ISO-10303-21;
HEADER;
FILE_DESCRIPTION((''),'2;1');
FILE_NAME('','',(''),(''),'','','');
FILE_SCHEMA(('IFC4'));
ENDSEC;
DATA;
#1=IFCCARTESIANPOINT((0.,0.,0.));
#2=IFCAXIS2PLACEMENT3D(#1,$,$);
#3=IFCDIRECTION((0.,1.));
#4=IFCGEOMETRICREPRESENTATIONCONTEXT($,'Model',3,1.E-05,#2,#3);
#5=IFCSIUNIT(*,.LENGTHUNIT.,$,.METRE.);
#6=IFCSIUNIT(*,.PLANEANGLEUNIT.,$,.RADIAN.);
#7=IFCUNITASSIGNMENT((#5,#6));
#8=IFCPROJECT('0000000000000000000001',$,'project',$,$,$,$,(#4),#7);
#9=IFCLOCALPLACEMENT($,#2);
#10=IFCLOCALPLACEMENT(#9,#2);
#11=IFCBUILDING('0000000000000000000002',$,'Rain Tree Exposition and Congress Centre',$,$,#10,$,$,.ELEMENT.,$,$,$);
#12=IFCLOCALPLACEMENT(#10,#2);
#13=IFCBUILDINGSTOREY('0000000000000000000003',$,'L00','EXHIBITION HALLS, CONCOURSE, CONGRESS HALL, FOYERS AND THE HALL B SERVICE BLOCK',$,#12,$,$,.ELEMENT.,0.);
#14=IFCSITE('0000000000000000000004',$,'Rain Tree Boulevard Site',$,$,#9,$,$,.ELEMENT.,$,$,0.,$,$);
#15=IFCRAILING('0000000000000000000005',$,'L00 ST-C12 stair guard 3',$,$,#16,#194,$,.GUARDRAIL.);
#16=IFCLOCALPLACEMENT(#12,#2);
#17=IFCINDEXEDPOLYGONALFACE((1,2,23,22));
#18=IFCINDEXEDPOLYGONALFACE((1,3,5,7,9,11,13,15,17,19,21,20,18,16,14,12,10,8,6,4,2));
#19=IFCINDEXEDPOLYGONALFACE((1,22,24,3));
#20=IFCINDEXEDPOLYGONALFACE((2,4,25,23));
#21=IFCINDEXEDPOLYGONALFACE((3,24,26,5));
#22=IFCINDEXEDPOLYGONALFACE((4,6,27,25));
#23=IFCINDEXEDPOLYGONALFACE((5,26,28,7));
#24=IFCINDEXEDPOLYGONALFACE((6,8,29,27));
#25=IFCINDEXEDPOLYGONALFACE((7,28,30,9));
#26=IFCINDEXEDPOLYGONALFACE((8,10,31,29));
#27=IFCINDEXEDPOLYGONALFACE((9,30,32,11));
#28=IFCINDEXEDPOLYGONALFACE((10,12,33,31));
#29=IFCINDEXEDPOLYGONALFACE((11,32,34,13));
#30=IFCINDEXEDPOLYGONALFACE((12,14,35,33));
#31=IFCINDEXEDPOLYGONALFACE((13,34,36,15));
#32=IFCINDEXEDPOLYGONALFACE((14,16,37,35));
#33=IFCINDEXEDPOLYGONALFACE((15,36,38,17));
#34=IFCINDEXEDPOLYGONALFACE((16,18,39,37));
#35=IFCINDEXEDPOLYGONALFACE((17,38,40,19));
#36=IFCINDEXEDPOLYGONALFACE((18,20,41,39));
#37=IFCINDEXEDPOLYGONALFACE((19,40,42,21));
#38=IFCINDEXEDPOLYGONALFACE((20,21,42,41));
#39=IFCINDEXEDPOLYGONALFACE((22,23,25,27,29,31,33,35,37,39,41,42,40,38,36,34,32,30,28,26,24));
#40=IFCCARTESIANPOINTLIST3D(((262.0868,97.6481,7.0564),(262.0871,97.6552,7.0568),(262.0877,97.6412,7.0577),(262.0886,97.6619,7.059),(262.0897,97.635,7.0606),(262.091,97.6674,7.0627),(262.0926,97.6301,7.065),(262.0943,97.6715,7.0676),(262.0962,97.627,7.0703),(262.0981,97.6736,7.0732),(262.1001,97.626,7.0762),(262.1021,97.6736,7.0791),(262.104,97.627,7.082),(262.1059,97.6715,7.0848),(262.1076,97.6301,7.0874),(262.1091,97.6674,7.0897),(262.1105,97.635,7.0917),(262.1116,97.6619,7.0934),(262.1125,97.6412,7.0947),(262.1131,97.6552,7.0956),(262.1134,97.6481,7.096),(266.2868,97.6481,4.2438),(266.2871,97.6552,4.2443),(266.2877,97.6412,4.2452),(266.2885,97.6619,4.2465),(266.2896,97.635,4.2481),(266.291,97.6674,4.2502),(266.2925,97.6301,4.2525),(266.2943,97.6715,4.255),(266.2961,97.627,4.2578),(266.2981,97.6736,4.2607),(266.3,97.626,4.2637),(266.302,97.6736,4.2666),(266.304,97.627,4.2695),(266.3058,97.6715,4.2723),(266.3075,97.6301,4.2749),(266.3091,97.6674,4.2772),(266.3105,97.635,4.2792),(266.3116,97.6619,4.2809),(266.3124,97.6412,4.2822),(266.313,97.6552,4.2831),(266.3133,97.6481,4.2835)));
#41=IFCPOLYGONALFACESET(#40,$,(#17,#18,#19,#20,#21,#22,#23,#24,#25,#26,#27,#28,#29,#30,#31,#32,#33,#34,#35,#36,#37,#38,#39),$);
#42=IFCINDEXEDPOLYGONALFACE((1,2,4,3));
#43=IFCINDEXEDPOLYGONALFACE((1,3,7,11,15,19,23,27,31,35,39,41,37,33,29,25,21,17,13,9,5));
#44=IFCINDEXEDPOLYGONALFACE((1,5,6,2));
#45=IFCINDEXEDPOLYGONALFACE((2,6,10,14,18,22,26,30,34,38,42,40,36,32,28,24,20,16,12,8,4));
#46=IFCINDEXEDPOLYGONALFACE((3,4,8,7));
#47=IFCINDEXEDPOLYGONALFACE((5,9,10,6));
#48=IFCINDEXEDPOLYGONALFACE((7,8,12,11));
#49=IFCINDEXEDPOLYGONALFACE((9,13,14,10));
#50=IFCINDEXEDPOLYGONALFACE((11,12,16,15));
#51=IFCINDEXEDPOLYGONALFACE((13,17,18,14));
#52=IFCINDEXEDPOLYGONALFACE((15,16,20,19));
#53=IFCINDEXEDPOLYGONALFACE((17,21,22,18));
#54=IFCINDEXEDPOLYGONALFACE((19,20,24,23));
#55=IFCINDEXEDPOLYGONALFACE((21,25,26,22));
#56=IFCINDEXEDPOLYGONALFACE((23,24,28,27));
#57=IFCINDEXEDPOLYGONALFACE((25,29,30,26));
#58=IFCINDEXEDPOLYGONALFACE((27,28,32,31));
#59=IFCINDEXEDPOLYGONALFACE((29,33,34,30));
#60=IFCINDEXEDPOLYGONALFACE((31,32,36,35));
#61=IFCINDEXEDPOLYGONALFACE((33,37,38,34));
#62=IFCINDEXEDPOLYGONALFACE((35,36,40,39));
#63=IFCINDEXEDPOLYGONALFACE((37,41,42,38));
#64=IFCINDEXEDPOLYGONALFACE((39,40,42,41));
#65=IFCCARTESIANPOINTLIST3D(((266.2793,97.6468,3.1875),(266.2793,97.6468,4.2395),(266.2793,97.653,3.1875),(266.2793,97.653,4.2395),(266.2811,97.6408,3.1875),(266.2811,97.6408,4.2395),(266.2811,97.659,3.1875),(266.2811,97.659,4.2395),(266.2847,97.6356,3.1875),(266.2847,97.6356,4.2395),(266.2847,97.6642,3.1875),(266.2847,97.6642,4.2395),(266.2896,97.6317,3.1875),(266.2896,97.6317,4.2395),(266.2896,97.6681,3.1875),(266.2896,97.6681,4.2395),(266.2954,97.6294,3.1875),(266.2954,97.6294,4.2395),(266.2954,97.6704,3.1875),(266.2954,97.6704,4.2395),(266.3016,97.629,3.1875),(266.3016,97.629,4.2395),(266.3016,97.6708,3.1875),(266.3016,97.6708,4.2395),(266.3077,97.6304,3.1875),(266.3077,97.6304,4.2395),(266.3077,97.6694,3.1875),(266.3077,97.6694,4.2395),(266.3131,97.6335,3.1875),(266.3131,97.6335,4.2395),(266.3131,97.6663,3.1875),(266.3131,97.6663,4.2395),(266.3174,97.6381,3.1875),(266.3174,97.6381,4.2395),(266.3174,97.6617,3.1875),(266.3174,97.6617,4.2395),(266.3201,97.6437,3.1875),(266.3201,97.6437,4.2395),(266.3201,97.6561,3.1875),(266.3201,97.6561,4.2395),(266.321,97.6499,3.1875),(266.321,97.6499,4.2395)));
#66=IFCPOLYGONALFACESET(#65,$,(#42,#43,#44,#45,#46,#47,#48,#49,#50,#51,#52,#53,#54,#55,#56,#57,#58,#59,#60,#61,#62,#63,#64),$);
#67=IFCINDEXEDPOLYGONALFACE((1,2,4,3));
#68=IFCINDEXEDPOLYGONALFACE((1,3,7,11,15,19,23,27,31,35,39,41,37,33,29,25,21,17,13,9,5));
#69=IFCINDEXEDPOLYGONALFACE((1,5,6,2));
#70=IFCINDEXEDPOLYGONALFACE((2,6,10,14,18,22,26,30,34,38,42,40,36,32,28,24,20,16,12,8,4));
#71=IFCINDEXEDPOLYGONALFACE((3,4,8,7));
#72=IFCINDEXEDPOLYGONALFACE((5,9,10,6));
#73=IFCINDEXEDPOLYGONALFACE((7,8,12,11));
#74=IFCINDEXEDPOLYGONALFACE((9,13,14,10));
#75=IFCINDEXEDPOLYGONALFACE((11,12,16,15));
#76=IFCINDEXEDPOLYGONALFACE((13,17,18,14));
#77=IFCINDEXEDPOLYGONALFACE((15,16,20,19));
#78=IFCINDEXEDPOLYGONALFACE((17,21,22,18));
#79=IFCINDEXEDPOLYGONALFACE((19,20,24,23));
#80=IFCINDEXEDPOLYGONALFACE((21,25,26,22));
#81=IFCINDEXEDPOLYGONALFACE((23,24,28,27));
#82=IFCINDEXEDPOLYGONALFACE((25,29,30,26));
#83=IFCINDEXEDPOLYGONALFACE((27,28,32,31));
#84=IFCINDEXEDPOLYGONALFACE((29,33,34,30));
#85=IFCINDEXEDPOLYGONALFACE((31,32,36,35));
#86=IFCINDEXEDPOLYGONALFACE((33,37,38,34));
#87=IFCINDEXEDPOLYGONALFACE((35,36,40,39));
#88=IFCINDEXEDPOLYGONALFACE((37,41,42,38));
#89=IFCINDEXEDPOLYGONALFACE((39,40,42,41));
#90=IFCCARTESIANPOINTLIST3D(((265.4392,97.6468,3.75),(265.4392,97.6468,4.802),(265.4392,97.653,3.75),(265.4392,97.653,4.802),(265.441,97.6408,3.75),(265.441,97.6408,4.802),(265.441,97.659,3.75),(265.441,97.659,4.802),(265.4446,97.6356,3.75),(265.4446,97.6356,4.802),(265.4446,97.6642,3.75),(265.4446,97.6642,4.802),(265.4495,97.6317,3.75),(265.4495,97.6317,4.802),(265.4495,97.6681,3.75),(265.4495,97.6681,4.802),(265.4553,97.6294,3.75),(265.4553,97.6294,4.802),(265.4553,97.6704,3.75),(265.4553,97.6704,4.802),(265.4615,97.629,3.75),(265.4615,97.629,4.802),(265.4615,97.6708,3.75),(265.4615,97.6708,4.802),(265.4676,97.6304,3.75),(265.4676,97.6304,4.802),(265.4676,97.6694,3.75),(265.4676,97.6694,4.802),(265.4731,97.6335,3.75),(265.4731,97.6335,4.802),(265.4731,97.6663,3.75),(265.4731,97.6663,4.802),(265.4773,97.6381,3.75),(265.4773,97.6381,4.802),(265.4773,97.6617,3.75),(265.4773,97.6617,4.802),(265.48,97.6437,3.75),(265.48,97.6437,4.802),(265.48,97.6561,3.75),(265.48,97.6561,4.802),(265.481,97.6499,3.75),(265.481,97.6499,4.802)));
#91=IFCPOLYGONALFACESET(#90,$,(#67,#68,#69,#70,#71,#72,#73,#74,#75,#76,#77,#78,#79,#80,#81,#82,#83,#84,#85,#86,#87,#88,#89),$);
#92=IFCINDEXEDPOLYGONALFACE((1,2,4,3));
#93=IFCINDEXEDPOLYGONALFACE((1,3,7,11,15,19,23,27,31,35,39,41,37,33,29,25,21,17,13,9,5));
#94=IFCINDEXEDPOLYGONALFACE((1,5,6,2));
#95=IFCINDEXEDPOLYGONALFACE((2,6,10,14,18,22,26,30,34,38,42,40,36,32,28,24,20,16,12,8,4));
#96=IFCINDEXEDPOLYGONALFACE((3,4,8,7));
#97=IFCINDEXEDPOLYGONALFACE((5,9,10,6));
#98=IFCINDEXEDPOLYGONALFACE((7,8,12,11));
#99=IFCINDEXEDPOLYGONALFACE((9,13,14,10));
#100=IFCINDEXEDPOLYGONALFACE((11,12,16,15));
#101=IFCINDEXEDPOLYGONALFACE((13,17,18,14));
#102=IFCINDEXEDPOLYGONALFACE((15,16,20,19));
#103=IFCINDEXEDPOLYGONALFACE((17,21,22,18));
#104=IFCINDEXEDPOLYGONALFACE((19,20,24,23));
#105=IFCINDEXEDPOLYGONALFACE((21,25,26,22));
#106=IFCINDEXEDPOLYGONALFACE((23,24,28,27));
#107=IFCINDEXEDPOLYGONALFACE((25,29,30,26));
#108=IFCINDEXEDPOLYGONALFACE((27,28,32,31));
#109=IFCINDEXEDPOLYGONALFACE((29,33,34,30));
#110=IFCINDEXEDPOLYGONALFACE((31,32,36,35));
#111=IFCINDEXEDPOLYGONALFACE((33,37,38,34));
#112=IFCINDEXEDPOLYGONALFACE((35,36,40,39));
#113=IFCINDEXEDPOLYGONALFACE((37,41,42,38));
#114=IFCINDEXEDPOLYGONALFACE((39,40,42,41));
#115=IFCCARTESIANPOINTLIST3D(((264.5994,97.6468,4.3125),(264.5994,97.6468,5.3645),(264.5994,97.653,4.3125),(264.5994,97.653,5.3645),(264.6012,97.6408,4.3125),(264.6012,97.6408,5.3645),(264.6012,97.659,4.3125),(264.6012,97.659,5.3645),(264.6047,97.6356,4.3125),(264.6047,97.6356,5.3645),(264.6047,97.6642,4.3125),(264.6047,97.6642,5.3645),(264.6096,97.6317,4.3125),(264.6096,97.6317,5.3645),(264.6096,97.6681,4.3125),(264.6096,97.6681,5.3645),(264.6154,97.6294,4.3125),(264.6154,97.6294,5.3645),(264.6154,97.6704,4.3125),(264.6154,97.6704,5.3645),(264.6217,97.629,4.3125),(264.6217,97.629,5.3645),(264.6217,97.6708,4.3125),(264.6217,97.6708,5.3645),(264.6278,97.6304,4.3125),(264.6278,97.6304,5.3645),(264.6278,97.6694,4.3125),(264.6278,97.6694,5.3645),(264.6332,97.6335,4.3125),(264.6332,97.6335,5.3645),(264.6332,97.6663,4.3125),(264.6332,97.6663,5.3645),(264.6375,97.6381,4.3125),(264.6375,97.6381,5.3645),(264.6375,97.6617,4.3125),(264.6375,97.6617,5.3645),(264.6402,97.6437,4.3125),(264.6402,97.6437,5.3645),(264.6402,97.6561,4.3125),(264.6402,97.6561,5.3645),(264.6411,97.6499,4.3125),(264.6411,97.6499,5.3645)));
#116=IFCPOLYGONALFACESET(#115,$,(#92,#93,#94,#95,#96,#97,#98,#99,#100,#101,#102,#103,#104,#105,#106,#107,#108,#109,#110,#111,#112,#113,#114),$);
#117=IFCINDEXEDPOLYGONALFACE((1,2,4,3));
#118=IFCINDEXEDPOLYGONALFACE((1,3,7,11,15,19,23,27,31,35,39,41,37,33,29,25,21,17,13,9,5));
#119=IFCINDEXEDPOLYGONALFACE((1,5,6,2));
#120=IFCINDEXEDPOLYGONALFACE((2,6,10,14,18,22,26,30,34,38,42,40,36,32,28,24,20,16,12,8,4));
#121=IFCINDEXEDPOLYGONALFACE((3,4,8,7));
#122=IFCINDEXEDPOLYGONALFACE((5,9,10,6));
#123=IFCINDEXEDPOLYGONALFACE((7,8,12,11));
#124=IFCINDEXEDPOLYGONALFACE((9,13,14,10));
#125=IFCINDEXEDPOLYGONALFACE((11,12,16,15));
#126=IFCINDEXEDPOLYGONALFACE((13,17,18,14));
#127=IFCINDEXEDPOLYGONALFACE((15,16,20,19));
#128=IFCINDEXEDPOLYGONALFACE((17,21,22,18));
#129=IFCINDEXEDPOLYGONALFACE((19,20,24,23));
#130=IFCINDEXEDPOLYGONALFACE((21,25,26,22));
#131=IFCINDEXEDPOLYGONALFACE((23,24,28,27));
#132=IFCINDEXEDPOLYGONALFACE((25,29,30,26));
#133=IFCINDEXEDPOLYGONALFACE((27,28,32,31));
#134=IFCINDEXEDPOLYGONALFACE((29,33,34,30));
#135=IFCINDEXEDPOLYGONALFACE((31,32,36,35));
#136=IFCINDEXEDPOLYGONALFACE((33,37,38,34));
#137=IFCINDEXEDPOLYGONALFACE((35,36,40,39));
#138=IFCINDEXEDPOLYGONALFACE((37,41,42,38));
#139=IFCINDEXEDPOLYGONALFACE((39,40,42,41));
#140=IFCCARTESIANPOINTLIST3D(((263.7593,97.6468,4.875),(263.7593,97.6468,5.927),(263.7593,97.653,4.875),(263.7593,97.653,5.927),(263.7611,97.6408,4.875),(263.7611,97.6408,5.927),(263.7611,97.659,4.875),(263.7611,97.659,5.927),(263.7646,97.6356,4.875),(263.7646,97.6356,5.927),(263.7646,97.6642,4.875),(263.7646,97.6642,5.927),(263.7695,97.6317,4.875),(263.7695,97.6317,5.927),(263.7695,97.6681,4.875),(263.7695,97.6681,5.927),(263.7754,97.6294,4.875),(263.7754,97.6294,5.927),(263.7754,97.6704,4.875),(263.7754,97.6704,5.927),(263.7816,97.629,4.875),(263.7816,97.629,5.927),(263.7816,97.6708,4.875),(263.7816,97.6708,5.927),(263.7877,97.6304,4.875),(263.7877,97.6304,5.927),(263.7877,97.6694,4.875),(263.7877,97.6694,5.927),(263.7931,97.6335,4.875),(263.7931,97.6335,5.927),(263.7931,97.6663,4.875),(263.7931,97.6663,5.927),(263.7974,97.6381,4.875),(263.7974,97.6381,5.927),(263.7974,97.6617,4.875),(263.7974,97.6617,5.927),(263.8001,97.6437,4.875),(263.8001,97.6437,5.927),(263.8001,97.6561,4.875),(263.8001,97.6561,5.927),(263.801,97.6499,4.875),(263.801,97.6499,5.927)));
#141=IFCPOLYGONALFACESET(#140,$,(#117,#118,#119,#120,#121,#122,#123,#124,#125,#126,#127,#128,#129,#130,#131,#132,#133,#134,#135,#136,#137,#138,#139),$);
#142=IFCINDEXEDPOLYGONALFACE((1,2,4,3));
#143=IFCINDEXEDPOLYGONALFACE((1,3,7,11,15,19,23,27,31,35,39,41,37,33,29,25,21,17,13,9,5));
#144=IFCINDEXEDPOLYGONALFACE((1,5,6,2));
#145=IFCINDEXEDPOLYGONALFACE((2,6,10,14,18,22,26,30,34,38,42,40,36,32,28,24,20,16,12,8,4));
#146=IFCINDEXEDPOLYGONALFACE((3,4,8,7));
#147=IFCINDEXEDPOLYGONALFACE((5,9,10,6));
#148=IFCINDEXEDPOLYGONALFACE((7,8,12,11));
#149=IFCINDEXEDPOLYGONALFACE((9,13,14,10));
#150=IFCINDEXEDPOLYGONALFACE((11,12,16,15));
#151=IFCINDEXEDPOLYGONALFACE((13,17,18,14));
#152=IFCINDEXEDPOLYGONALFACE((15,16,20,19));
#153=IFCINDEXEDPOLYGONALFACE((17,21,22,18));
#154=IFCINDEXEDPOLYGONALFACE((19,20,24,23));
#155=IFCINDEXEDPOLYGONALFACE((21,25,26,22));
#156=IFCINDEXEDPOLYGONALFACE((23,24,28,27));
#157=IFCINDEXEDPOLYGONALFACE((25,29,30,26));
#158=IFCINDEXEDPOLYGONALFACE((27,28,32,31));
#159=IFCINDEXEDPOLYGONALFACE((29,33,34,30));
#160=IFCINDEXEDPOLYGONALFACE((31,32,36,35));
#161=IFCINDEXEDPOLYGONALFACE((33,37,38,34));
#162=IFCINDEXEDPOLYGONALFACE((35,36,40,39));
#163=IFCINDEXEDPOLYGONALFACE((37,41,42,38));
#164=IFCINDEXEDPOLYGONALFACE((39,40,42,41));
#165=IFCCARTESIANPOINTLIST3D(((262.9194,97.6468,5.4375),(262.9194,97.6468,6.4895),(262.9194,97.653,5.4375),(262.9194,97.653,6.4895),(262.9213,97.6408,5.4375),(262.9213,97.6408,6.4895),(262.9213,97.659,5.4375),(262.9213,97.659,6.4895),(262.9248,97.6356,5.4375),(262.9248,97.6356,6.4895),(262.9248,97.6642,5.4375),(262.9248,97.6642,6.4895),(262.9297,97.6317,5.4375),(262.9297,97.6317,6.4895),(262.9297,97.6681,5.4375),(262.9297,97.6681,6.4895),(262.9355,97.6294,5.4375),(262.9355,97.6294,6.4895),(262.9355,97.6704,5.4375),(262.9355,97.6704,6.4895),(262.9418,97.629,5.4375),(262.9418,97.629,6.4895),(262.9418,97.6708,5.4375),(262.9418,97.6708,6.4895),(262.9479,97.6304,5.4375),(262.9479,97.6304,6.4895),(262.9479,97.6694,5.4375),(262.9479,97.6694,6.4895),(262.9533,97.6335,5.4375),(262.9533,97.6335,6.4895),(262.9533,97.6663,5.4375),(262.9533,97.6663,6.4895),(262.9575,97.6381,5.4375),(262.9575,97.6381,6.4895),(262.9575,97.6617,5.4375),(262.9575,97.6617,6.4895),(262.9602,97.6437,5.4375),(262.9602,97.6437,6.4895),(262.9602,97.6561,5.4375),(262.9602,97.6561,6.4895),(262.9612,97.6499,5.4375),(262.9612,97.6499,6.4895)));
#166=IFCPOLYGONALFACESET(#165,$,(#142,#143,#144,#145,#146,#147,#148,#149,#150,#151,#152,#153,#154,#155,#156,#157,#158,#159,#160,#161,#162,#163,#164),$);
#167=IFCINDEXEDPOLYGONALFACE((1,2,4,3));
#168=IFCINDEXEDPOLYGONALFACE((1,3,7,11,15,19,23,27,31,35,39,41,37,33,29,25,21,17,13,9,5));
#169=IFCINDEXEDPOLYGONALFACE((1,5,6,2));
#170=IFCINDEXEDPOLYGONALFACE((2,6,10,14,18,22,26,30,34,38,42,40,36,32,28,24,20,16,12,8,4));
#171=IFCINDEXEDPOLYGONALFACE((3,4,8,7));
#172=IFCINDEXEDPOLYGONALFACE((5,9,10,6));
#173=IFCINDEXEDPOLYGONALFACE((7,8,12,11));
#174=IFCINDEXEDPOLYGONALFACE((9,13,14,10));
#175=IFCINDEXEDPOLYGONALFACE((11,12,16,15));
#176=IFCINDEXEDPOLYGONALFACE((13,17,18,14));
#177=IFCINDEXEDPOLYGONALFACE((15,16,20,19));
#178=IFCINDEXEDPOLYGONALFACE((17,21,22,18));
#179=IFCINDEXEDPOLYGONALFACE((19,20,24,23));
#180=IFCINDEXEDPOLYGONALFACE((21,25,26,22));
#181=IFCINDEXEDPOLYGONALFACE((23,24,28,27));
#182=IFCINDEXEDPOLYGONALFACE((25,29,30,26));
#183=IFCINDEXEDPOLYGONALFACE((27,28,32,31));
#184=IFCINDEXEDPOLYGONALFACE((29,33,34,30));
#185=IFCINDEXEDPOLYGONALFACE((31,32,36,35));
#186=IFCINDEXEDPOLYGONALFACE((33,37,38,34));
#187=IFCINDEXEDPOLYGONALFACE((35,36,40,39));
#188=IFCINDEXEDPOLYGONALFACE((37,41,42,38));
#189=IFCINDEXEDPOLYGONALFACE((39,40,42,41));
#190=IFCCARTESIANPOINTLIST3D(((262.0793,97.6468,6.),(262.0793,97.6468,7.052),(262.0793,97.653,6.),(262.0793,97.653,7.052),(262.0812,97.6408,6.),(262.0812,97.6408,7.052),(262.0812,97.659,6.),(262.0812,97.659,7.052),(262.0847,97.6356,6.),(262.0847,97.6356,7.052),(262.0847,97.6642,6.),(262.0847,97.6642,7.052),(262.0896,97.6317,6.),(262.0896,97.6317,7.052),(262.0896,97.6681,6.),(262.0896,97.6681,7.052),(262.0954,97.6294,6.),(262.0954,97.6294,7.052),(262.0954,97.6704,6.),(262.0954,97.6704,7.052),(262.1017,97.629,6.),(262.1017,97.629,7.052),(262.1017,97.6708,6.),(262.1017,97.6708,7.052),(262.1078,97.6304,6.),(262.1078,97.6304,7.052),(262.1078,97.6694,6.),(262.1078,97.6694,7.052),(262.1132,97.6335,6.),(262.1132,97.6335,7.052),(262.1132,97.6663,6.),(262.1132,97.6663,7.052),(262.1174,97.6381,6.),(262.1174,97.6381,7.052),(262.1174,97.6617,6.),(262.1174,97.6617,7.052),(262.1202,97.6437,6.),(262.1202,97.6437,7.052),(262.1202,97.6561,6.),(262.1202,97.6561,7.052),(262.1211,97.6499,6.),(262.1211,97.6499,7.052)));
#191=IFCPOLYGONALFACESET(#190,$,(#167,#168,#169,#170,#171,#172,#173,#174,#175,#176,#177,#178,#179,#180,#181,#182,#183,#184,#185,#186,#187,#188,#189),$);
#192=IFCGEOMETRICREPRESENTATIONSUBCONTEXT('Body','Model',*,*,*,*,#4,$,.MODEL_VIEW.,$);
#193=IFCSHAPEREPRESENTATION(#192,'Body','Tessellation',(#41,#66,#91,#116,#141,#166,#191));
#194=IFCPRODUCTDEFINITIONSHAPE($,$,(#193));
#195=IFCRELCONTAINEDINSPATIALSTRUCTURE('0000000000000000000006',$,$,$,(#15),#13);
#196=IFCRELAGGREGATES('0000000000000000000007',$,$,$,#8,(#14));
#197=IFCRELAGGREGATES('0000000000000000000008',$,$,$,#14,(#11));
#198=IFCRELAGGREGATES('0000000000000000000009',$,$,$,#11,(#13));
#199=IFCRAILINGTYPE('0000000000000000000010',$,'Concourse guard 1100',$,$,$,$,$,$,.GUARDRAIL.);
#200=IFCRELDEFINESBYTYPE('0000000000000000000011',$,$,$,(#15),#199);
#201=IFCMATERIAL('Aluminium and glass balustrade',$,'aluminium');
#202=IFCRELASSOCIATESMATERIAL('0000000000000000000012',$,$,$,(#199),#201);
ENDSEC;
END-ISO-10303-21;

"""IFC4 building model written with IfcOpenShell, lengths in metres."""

from ifc_helpers import new_model, si_unit, direction, frame, origin, origin_2d, place, context, subcontext, project, spatial, circle, extrude, material, type_object, element, save


model = new_model("IFC4")

# Units and contexts
model_context = context("Model", 3, precision=1e-05, world=origin(), true_north=direction((0.0, 1.0)))
body_context = subcontext(model_context, "Body", "Model", "MODEL_VIEW")
ifc_project = project(units=[si_unit("LENGTHUNIT", "METRE"), si_unit("PLANEANGLEUNIT", "RADIAN")], contexts=[model_context])

# Site, building, storey
site_placement = place(None, origin())
site = spatial("IfcSite", under=ifc_project, at=site_placement, Name="Rain Tree Boulevard Site", CompositionType="ELEMENT", RefElevation=0.0)
building_placement = place(site_placement, origin())
building = spatial("IfcBuilding", under=site, at=building_placement, Name="Rain Tree Exposition and Congress Centre", CompositionType="ELEMENT")
storey_placement = place(building_placement, origin())
storey = spatial("IfcBuildingStorey", under=building, at=storey_placement, Name="L00", Description="EXHIBITION HALLS, CONCOURSE, CONGRESS HALL, FOYERS AND THE HALL B SERVICE BLOCK", CompositionType="ELEMENT", Elevation=0.0)

# Railing
ifc_material_1 = material(Name="Aluminium and glass balustrade", Category="aluminium")
railing_type_1 = type_object("IfcRailingType", Name="Concourse guard 1100", PredefinedType="GUARDRAIL", material=ifc_material_1)
railing_1_placement = place(storey_placement, frame((266.3, 97.6499, 3.1875)))
element("IfcRailing", 1, at=railing_1_placement, inside=storey, type_object=railing_type_1, Name="L00 ST-C12 stair guard 3", PredefinedType="GUARDRAIL", context=body_context, shape_type="SweptSolid", body=[
    extrude(circle(Radius=0.0239, at=origin_2d()), frame((0.0, 0.0, 1.0762), z_axis=(-0.830904, 0.0, 0.556416), x_axis=(0.0, -1.0, 0.0)), (0.0, 0.0, 1.0), 5.0547),
    extrude(circle(Radius=0.021, at=origin_2d()), origin(), (0.0, 0.0, 1.0), 1.052),
    extrude(circle(Radius=0.021, at=origin_2d()), frame((-0.8401, 0.0, 0.5625)), (0.0, 0.0, 1.0), 1.052),
    extrude(circle(Radius=0.021, at=origin_2d()), frame((-1.6799, 0.0, 1.125)), (0.0, 0.0, 1.0), 1.052),
    extrude(circle(Radius=0.021, at=origin_2d()), frame((-2.52, 0.0, 1.6875)), (0.0, 0.0, 1.0), 1.052),
    extrude(circle(Radius=0.021, at=origin_2d()), frame((-3.3599, 0.0, 2.25)), (0.0, 0.0, 1.0), 1.052),
    extrude(circle(Radius=0.021, at=origin_2d()), frame((-4.2, 0.0, 2.8125)), (0.0, 0.0, 1.0), 1.052),
])

save(model, "model.ifc")
